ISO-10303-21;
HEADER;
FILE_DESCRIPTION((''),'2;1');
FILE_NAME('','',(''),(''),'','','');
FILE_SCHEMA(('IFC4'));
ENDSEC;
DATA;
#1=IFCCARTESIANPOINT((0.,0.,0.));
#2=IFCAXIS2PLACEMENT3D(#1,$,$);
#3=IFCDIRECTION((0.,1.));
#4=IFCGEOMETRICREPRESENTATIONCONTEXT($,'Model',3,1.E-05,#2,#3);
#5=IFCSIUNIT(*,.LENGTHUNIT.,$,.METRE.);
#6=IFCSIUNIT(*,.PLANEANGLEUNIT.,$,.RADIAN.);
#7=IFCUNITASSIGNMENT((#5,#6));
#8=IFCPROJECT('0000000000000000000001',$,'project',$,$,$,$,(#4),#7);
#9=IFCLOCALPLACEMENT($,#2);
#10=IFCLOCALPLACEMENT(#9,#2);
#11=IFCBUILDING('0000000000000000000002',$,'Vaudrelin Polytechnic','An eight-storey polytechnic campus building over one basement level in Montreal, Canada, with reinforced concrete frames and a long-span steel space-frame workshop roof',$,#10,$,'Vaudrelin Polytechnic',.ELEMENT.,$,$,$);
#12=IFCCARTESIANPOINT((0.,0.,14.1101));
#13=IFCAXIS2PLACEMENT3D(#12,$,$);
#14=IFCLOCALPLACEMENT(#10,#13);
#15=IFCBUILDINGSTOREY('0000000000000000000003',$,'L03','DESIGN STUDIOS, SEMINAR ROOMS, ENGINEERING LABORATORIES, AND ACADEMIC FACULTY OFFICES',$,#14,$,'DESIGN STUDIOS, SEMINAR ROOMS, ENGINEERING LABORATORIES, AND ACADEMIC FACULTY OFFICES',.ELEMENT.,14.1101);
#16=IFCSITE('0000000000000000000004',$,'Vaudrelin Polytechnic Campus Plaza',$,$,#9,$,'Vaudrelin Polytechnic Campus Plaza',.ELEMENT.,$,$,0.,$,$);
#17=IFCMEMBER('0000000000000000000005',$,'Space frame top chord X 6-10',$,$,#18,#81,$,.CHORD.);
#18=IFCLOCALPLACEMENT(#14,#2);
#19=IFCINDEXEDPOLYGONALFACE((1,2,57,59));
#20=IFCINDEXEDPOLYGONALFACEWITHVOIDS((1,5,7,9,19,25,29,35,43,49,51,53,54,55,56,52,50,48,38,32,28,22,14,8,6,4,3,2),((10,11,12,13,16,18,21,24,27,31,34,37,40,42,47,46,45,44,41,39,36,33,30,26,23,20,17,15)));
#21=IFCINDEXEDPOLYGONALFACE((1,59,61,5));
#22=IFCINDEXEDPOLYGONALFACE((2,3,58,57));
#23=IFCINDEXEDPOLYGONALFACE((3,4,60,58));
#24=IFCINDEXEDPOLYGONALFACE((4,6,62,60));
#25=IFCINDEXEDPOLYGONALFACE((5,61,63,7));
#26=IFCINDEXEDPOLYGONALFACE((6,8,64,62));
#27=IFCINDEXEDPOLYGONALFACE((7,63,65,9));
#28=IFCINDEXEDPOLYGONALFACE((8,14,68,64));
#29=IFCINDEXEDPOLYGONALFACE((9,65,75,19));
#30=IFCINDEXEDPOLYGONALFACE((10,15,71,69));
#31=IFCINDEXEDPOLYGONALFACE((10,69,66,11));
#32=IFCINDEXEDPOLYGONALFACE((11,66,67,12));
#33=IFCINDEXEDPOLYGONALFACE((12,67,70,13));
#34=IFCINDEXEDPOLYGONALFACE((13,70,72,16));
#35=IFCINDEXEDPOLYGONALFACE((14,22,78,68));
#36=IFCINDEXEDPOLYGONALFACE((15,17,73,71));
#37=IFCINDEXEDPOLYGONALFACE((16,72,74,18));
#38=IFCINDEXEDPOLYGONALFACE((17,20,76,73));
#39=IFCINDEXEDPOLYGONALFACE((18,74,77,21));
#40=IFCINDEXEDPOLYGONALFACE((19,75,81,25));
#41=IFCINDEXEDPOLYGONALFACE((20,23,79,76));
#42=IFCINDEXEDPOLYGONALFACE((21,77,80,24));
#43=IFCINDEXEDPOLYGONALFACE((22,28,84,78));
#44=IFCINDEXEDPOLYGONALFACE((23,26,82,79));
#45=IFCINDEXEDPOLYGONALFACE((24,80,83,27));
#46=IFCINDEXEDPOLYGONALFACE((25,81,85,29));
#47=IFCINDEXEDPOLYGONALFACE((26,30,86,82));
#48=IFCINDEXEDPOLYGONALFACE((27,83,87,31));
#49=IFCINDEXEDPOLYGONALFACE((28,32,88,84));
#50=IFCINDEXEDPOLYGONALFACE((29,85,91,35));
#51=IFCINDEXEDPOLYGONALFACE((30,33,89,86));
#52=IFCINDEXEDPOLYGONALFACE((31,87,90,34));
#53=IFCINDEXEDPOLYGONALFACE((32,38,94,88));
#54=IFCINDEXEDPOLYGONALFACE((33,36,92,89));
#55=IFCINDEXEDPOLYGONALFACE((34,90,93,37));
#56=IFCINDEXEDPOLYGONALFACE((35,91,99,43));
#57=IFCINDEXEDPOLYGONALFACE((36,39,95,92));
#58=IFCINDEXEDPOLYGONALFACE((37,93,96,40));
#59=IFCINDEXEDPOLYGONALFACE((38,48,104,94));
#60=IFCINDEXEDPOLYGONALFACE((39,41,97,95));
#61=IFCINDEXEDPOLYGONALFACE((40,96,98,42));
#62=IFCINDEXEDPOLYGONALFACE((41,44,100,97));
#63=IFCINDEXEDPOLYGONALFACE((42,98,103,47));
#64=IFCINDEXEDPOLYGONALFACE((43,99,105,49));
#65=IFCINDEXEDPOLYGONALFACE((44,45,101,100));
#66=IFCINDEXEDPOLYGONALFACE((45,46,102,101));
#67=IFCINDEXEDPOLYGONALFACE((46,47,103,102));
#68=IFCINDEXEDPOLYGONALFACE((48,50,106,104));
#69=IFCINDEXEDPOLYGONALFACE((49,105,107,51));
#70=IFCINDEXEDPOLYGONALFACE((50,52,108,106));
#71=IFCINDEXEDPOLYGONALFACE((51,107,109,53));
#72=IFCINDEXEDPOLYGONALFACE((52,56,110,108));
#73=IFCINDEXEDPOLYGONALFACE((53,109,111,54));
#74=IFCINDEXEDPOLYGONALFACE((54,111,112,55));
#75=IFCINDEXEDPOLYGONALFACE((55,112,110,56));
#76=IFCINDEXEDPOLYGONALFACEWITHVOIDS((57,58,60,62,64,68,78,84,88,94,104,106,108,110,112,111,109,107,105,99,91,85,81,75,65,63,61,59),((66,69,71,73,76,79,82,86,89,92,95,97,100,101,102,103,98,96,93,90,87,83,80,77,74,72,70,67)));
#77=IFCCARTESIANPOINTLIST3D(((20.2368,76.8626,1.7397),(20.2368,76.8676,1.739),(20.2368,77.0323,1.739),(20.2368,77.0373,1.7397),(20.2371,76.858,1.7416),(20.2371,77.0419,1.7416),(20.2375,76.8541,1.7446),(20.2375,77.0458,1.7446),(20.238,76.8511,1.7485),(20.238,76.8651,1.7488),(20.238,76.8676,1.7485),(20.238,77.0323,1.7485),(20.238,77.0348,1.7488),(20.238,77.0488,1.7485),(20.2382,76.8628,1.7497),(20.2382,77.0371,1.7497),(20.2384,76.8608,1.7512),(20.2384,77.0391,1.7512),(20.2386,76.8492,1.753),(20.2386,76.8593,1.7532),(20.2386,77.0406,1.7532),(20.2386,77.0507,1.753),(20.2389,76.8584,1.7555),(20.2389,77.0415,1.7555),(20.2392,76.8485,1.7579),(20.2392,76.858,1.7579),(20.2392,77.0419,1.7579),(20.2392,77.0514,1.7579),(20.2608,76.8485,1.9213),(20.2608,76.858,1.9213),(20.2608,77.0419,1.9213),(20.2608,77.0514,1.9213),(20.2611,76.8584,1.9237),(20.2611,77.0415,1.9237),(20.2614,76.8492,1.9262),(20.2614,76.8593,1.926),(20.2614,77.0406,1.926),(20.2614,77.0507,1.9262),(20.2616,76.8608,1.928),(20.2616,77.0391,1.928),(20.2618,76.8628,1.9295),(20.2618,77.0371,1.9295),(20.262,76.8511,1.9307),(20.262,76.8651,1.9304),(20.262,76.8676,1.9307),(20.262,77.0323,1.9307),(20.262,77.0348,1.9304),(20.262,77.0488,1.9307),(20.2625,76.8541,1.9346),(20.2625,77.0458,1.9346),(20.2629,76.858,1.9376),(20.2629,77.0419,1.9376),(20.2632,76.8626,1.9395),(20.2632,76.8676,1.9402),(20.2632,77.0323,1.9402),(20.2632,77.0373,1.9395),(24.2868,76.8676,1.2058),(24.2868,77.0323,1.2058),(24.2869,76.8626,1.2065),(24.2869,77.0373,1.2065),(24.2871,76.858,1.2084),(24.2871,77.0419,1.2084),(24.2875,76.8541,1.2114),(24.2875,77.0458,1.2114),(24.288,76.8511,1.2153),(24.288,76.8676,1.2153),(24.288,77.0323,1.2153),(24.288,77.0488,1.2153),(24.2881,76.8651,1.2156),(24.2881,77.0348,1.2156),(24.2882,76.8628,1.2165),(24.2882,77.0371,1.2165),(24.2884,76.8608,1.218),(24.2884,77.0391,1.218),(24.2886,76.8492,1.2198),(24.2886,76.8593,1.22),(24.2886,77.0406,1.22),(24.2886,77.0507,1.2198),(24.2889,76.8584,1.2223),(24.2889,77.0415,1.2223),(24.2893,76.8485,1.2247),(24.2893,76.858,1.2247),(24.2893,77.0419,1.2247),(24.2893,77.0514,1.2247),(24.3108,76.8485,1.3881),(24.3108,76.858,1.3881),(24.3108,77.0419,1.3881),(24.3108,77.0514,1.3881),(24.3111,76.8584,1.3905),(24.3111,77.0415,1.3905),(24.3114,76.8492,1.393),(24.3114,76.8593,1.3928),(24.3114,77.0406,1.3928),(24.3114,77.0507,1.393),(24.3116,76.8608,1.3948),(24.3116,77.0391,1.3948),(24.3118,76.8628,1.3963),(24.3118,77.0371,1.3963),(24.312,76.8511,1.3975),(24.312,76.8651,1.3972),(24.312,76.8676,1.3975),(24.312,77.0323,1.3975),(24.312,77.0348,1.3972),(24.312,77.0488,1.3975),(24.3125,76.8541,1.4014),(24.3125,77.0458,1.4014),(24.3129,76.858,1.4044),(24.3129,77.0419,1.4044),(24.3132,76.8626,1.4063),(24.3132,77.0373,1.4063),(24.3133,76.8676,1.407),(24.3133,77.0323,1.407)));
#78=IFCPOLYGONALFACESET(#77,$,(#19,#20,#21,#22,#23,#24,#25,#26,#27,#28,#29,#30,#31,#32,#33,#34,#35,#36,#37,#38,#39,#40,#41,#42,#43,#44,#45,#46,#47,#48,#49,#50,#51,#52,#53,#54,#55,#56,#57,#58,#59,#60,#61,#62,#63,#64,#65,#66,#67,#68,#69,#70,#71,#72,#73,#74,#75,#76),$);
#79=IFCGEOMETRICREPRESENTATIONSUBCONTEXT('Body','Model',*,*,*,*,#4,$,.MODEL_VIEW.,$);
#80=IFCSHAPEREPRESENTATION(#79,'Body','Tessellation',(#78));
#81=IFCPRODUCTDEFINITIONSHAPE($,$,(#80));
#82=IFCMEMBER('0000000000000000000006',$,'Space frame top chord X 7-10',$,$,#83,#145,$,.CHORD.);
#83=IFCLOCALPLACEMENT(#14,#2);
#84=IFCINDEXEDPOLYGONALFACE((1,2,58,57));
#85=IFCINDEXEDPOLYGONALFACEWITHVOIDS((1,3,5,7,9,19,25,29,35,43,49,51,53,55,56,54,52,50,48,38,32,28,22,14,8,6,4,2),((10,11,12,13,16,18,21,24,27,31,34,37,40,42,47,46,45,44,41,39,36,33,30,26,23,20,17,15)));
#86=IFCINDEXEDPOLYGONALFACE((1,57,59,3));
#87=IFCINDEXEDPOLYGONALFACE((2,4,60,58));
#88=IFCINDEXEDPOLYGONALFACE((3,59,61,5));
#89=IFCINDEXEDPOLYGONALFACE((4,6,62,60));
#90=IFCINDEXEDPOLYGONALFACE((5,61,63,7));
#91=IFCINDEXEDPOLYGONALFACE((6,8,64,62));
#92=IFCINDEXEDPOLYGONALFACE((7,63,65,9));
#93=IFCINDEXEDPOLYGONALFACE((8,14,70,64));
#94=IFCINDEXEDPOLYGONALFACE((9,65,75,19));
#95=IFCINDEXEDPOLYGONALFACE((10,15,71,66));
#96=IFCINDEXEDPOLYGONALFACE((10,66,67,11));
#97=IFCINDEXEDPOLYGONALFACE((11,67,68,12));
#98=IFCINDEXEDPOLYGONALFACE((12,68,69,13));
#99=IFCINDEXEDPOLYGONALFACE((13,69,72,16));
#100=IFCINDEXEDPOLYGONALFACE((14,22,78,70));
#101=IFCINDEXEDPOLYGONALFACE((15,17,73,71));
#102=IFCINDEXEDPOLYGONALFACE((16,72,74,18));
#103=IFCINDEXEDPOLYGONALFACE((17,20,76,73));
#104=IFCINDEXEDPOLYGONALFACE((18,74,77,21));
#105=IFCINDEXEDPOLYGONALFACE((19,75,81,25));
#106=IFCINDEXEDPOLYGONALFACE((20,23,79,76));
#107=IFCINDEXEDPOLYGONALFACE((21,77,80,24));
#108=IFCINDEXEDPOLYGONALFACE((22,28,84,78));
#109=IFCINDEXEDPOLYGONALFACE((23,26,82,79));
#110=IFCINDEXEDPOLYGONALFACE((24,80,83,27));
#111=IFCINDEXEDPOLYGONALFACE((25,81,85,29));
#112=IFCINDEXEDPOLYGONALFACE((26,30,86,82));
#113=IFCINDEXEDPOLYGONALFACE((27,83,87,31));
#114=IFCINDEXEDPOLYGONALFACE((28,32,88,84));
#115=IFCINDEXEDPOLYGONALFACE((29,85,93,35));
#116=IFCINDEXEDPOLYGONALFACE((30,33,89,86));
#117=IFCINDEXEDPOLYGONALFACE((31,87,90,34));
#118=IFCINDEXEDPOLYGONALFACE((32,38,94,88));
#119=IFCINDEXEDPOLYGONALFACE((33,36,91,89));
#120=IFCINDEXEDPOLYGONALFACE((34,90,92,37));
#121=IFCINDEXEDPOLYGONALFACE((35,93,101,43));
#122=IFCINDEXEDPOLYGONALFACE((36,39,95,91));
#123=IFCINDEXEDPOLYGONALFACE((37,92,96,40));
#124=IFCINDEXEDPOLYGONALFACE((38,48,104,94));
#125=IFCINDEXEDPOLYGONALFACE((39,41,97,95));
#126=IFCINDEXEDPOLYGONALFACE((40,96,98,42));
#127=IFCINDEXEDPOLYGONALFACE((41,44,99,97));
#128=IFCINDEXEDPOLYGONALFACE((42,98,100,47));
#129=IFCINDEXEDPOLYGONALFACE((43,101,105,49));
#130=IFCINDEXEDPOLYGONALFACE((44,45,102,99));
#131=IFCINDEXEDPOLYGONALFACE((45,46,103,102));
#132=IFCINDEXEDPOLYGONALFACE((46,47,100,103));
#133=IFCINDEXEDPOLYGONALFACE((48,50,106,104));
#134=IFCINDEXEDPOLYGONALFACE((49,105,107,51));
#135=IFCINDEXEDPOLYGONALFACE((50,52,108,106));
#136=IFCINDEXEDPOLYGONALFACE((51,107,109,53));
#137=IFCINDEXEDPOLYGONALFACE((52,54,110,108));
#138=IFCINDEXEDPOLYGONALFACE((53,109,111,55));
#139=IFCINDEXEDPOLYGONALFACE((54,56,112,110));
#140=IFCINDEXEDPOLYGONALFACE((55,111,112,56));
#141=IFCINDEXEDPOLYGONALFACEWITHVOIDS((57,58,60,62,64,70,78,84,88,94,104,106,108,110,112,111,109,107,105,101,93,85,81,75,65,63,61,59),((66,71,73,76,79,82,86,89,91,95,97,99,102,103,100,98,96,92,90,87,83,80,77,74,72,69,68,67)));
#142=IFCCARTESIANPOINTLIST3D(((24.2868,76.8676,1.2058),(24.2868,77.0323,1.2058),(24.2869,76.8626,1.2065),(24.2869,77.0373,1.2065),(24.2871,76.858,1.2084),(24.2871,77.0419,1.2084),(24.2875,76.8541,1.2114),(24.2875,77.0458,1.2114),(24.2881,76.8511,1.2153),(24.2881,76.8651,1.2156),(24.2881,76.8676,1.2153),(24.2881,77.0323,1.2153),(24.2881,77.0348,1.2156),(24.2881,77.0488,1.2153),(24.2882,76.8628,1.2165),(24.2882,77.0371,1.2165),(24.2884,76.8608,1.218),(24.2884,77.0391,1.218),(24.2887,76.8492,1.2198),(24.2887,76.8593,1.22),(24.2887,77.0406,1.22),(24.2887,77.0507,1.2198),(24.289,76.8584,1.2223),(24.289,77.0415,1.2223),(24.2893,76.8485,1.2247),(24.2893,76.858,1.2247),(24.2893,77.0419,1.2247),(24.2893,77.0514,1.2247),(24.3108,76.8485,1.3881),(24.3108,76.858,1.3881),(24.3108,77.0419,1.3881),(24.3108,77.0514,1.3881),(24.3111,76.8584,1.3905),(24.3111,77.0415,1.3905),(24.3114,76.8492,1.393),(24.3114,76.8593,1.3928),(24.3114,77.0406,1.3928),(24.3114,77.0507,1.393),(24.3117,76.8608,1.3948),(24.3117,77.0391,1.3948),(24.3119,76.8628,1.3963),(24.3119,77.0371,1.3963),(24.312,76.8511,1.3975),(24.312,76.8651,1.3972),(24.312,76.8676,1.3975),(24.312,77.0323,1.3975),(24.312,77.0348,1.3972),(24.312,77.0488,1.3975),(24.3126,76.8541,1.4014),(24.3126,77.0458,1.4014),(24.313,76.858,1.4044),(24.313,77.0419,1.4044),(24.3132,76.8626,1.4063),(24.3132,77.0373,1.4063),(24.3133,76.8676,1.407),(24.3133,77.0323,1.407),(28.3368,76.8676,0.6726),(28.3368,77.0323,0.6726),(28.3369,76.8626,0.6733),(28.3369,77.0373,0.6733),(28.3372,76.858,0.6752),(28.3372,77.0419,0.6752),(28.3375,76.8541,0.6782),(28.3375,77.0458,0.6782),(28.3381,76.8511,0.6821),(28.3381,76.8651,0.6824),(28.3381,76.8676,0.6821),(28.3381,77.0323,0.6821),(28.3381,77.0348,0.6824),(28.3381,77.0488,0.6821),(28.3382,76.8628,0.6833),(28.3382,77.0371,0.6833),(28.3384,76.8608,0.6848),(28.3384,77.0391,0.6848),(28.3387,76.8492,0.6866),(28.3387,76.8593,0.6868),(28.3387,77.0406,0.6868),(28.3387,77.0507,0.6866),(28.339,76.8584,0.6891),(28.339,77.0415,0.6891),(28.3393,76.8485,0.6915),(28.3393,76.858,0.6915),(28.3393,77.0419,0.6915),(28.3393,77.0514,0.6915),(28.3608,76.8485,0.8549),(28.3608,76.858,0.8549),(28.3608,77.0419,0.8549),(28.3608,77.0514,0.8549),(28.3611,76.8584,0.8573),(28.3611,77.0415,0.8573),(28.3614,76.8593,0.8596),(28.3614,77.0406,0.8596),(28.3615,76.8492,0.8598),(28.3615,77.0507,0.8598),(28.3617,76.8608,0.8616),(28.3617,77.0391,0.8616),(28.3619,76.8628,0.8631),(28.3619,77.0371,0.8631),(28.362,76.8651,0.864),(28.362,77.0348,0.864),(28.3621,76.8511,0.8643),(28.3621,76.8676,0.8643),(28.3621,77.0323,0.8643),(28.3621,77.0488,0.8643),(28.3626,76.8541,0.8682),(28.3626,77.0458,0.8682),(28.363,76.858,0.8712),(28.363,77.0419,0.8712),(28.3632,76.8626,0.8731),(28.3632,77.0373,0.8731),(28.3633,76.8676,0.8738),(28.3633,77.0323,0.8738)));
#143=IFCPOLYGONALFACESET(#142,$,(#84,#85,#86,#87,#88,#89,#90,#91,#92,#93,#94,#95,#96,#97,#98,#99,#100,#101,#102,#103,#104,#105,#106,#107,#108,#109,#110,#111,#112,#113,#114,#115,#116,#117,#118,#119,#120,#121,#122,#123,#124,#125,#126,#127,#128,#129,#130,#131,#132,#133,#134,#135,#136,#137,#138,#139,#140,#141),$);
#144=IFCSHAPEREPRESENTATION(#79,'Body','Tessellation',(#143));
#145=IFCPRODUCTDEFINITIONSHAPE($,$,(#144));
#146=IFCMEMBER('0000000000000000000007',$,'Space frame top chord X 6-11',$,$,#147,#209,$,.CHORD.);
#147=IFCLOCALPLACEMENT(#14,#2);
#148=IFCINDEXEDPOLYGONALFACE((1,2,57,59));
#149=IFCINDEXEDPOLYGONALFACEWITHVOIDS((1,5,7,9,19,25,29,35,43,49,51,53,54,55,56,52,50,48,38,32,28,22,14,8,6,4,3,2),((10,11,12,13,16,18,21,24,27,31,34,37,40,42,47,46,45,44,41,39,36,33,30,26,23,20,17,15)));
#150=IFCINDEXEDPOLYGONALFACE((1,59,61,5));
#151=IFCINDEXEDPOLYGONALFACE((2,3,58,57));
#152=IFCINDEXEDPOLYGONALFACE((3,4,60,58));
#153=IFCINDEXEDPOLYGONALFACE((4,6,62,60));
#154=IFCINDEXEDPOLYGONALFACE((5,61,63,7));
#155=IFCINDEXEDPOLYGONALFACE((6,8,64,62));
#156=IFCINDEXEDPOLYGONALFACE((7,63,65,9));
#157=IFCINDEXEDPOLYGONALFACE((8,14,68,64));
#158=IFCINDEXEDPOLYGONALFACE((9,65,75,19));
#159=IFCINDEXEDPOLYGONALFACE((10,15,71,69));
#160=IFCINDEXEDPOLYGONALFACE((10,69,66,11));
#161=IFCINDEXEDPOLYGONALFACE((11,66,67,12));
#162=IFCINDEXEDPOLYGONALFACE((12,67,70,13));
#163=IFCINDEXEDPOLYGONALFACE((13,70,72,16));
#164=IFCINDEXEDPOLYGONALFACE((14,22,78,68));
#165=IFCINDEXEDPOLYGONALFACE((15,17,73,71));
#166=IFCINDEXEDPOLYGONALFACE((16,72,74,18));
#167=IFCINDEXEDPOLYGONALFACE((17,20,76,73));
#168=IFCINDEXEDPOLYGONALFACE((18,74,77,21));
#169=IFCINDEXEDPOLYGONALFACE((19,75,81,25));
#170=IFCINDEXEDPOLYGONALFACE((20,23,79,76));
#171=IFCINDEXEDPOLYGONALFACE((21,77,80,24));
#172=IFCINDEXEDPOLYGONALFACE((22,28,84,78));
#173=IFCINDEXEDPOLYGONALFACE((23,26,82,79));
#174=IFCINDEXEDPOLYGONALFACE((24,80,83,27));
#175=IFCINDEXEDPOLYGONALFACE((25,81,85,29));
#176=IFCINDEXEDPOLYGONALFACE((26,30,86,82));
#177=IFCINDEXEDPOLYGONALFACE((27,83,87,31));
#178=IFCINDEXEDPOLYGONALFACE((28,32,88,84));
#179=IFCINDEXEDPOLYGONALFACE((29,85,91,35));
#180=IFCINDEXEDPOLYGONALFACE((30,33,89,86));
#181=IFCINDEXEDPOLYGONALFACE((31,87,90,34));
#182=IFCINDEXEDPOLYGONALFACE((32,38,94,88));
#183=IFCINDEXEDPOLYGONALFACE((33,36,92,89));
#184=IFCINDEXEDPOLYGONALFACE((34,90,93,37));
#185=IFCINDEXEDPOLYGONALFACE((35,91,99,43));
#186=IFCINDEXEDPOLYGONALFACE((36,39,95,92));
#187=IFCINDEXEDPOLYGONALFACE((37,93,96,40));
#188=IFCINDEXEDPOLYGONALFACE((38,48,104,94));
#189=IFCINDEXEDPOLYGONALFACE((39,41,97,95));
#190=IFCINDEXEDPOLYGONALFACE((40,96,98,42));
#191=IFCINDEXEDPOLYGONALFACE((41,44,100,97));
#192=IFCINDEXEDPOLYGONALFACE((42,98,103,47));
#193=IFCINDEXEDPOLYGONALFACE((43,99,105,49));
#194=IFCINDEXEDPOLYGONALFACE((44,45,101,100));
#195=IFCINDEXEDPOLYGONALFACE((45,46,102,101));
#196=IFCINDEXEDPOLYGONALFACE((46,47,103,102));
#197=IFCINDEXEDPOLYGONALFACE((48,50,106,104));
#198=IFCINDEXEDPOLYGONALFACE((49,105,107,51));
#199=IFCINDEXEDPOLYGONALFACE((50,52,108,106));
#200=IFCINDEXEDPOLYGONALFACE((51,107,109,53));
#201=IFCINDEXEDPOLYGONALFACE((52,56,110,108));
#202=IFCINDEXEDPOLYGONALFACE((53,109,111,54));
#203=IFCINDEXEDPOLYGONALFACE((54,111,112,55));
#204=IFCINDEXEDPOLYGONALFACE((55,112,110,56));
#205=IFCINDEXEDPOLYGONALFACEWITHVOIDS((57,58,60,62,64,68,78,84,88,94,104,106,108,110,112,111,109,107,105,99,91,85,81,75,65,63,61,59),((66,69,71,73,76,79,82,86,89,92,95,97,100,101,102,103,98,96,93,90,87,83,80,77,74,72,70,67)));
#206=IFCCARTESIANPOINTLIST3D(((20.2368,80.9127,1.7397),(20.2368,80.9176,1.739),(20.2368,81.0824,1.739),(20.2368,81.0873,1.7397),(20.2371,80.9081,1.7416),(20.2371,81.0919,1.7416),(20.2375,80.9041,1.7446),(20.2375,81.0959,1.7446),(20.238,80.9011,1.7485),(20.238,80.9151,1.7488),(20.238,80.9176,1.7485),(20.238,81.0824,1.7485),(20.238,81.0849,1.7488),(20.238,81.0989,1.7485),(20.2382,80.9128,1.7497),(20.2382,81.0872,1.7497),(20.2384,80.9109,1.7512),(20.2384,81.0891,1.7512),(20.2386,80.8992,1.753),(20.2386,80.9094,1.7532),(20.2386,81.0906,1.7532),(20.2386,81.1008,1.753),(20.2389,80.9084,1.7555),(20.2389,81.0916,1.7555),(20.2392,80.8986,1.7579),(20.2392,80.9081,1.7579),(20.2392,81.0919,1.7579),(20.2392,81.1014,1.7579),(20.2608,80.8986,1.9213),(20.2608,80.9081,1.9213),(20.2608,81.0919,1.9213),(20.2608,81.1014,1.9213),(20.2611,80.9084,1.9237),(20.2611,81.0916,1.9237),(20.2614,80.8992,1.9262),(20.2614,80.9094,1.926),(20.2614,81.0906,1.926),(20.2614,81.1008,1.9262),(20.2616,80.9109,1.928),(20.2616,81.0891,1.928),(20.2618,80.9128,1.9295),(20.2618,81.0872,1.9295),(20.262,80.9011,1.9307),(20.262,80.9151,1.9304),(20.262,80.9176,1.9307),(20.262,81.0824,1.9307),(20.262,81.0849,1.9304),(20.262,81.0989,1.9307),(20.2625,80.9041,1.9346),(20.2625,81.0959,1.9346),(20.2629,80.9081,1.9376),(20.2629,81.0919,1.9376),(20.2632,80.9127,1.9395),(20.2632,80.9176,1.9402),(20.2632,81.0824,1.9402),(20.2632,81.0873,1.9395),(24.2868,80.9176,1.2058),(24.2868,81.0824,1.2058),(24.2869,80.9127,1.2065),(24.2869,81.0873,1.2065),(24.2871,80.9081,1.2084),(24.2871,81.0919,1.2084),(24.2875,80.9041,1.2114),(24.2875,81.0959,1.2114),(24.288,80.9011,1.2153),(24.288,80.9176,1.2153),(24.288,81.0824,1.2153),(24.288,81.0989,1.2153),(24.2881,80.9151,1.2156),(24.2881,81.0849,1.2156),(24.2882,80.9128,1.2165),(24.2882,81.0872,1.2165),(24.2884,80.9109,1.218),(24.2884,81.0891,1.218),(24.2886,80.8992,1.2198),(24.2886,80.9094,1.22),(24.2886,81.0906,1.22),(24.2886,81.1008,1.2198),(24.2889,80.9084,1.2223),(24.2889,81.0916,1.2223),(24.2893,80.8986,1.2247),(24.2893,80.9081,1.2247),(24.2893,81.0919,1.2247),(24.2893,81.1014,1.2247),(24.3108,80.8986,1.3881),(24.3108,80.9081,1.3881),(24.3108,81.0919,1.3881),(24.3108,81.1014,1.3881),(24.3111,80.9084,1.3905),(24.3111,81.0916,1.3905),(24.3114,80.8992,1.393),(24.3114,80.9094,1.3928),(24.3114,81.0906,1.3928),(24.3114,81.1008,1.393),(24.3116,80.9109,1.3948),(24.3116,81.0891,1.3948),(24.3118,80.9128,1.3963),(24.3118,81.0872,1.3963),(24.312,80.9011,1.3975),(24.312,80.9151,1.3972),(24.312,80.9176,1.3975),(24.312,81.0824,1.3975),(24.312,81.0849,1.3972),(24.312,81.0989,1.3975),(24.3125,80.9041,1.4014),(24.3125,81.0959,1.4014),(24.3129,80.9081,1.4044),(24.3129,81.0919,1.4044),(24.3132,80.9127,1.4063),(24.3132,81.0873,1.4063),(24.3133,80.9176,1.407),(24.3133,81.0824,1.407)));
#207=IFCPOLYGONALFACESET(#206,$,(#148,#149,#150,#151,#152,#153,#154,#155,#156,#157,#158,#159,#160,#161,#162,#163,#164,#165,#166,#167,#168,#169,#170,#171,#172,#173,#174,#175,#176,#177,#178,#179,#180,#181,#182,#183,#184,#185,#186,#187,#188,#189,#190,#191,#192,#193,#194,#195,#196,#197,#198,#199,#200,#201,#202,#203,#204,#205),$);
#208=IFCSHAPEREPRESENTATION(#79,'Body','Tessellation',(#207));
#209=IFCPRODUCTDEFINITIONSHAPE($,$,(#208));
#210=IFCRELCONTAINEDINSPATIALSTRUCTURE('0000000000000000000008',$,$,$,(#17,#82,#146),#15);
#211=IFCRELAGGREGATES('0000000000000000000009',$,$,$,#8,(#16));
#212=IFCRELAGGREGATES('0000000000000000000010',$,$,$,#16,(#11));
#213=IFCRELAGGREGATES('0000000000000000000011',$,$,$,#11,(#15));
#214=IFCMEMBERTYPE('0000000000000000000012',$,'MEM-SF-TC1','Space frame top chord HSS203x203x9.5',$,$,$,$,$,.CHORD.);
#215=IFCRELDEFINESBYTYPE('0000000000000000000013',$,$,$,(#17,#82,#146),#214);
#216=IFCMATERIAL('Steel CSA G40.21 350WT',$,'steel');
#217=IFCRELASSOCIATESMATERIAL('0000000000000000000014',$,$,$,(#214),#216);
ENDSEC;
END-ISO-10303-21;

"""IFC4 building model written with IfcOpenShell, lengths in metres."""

from ifc_helpers import new_model, si_unit, direction, frame, origin, origin_2d, place, context, subcontext, project, spatial, hollow_rectangle, extrude, material, material_profile, profile_set, type_object, element, save


model = new_model("IFC4")

# Units and contexts
model_context = context("Model", 3, precision=1e-05, world=origin(), true_north=direction((0.0, 1.0)))
body_context = subcontext(model_context, "Body", "Model", "MODEL_VIEW")
ifc_project = project(units=[si_unit("LENGTHUNIT", "METRE"), si_unit("PLANEANGLEUNIT", "RADIAN")], contexts=[model_context])

# Site, building, storey
site_placement = place(None, origin())
site = spatial("IfcSite", under=ifc_project, at=site_placement, Name="Vaudrelin Polytechnic Campus Plaza", LongName="Vaudrelin Polytechnic Campus Plaza", CompositionType="ELEMENT", RefElevation=0.0)
building_placement = place(site_placement, origin())
building = spatial("IfcBuilding", under=site, at=building_placement, Name="Vaudrelin Polytechnic", Description="An eight-storey polytechnic campus building over one basement level in Montreal, Canada, with reinforced concrete frames and a long-span steel space-frame workshop roof", LongName="Vaudrelin Polytechnic", CompositionType="ELEMENT")
storey_placement = place(building_placement, frame((0.0, 0.0, 14.1101)))
storey = spatial("IfcBuildingStorey", under=building, at=storey_placement, Name="L03", Description="DESIGN STUDIOS, SEMINAR ROOMS, ENGINEERING LABORATORIES, AND ACADEMIC FACULTY OFFICES", LongName="DESIGN STUDIOS, SEMINAR ROOMS, ENGINEERING LABORATORIES, AND ACADEMIC FACULTY OFFICES", CompositionType="ELEMENT", Elevation=14.1101)

# Members
ifc_material = material(Name="Steel CSA G40.21 350WT", Category="steel")
ifc_material_profile_1 = material_profile(ifc_material, hollow_rectangle(XDim=0.2029, YDim=0.2029, WallThickness=0.0095, InnerFilletRadius=0.0095, OuterFilletRadius=0.019, at=origin_2d()), Name="HSS203x203x9.5")
ifc_profile_set_1 = profile_set([ifc_material_profile_1], Name="Steel CSA G40.21 350WT")
member_type_1 = type_object("IfcMemberType", Name="MEM-SF-TC1", Description="Space frame top chord HSS203x203x9.5", PredefinedType="CHORD", material=ifc_profile_set_1)
for number, where, z_axis, x_axis, name in (
    (1, (20.25, 76.95, 1.8396), (0.991445, 0.0, -0.130527), (0.0, 1.0, 0.0), "Space frame top chord X 6-10"),
    (2, (24.3, 76.95, 1.3064), (0.991445, 0.0, -0.130527), (0.0, 1.0, 0.0), "Space frame top chord X 7-10"),
    (3, (20.25, 81.0, 1.8396), (0.991445, 0.0, -0.130527), (0.0, 1.0, 0.0), "Space frame top chord X 6-11"),
):
    element("IfcMember", number, at=place(storey_placement, frame(where, z_axis=z_axis, x_axis=x_axis)), inside=storey, type_object=member_type_1, Name=name, PredefinedType="CHORD", context=body_context, shape_type="SweptSolid", body=[
        extrude(hollow_rectangle(XDim=0.2029, YDim=0.2029, WallThickness=0.0095, InnerFilletRadius=0.0095, OuterFilletRadius=0.019, at=origin_2d()), origin(), (0.0, 0.0, 1.0), 4.085),
    ])

save(model, "model.ifc")
